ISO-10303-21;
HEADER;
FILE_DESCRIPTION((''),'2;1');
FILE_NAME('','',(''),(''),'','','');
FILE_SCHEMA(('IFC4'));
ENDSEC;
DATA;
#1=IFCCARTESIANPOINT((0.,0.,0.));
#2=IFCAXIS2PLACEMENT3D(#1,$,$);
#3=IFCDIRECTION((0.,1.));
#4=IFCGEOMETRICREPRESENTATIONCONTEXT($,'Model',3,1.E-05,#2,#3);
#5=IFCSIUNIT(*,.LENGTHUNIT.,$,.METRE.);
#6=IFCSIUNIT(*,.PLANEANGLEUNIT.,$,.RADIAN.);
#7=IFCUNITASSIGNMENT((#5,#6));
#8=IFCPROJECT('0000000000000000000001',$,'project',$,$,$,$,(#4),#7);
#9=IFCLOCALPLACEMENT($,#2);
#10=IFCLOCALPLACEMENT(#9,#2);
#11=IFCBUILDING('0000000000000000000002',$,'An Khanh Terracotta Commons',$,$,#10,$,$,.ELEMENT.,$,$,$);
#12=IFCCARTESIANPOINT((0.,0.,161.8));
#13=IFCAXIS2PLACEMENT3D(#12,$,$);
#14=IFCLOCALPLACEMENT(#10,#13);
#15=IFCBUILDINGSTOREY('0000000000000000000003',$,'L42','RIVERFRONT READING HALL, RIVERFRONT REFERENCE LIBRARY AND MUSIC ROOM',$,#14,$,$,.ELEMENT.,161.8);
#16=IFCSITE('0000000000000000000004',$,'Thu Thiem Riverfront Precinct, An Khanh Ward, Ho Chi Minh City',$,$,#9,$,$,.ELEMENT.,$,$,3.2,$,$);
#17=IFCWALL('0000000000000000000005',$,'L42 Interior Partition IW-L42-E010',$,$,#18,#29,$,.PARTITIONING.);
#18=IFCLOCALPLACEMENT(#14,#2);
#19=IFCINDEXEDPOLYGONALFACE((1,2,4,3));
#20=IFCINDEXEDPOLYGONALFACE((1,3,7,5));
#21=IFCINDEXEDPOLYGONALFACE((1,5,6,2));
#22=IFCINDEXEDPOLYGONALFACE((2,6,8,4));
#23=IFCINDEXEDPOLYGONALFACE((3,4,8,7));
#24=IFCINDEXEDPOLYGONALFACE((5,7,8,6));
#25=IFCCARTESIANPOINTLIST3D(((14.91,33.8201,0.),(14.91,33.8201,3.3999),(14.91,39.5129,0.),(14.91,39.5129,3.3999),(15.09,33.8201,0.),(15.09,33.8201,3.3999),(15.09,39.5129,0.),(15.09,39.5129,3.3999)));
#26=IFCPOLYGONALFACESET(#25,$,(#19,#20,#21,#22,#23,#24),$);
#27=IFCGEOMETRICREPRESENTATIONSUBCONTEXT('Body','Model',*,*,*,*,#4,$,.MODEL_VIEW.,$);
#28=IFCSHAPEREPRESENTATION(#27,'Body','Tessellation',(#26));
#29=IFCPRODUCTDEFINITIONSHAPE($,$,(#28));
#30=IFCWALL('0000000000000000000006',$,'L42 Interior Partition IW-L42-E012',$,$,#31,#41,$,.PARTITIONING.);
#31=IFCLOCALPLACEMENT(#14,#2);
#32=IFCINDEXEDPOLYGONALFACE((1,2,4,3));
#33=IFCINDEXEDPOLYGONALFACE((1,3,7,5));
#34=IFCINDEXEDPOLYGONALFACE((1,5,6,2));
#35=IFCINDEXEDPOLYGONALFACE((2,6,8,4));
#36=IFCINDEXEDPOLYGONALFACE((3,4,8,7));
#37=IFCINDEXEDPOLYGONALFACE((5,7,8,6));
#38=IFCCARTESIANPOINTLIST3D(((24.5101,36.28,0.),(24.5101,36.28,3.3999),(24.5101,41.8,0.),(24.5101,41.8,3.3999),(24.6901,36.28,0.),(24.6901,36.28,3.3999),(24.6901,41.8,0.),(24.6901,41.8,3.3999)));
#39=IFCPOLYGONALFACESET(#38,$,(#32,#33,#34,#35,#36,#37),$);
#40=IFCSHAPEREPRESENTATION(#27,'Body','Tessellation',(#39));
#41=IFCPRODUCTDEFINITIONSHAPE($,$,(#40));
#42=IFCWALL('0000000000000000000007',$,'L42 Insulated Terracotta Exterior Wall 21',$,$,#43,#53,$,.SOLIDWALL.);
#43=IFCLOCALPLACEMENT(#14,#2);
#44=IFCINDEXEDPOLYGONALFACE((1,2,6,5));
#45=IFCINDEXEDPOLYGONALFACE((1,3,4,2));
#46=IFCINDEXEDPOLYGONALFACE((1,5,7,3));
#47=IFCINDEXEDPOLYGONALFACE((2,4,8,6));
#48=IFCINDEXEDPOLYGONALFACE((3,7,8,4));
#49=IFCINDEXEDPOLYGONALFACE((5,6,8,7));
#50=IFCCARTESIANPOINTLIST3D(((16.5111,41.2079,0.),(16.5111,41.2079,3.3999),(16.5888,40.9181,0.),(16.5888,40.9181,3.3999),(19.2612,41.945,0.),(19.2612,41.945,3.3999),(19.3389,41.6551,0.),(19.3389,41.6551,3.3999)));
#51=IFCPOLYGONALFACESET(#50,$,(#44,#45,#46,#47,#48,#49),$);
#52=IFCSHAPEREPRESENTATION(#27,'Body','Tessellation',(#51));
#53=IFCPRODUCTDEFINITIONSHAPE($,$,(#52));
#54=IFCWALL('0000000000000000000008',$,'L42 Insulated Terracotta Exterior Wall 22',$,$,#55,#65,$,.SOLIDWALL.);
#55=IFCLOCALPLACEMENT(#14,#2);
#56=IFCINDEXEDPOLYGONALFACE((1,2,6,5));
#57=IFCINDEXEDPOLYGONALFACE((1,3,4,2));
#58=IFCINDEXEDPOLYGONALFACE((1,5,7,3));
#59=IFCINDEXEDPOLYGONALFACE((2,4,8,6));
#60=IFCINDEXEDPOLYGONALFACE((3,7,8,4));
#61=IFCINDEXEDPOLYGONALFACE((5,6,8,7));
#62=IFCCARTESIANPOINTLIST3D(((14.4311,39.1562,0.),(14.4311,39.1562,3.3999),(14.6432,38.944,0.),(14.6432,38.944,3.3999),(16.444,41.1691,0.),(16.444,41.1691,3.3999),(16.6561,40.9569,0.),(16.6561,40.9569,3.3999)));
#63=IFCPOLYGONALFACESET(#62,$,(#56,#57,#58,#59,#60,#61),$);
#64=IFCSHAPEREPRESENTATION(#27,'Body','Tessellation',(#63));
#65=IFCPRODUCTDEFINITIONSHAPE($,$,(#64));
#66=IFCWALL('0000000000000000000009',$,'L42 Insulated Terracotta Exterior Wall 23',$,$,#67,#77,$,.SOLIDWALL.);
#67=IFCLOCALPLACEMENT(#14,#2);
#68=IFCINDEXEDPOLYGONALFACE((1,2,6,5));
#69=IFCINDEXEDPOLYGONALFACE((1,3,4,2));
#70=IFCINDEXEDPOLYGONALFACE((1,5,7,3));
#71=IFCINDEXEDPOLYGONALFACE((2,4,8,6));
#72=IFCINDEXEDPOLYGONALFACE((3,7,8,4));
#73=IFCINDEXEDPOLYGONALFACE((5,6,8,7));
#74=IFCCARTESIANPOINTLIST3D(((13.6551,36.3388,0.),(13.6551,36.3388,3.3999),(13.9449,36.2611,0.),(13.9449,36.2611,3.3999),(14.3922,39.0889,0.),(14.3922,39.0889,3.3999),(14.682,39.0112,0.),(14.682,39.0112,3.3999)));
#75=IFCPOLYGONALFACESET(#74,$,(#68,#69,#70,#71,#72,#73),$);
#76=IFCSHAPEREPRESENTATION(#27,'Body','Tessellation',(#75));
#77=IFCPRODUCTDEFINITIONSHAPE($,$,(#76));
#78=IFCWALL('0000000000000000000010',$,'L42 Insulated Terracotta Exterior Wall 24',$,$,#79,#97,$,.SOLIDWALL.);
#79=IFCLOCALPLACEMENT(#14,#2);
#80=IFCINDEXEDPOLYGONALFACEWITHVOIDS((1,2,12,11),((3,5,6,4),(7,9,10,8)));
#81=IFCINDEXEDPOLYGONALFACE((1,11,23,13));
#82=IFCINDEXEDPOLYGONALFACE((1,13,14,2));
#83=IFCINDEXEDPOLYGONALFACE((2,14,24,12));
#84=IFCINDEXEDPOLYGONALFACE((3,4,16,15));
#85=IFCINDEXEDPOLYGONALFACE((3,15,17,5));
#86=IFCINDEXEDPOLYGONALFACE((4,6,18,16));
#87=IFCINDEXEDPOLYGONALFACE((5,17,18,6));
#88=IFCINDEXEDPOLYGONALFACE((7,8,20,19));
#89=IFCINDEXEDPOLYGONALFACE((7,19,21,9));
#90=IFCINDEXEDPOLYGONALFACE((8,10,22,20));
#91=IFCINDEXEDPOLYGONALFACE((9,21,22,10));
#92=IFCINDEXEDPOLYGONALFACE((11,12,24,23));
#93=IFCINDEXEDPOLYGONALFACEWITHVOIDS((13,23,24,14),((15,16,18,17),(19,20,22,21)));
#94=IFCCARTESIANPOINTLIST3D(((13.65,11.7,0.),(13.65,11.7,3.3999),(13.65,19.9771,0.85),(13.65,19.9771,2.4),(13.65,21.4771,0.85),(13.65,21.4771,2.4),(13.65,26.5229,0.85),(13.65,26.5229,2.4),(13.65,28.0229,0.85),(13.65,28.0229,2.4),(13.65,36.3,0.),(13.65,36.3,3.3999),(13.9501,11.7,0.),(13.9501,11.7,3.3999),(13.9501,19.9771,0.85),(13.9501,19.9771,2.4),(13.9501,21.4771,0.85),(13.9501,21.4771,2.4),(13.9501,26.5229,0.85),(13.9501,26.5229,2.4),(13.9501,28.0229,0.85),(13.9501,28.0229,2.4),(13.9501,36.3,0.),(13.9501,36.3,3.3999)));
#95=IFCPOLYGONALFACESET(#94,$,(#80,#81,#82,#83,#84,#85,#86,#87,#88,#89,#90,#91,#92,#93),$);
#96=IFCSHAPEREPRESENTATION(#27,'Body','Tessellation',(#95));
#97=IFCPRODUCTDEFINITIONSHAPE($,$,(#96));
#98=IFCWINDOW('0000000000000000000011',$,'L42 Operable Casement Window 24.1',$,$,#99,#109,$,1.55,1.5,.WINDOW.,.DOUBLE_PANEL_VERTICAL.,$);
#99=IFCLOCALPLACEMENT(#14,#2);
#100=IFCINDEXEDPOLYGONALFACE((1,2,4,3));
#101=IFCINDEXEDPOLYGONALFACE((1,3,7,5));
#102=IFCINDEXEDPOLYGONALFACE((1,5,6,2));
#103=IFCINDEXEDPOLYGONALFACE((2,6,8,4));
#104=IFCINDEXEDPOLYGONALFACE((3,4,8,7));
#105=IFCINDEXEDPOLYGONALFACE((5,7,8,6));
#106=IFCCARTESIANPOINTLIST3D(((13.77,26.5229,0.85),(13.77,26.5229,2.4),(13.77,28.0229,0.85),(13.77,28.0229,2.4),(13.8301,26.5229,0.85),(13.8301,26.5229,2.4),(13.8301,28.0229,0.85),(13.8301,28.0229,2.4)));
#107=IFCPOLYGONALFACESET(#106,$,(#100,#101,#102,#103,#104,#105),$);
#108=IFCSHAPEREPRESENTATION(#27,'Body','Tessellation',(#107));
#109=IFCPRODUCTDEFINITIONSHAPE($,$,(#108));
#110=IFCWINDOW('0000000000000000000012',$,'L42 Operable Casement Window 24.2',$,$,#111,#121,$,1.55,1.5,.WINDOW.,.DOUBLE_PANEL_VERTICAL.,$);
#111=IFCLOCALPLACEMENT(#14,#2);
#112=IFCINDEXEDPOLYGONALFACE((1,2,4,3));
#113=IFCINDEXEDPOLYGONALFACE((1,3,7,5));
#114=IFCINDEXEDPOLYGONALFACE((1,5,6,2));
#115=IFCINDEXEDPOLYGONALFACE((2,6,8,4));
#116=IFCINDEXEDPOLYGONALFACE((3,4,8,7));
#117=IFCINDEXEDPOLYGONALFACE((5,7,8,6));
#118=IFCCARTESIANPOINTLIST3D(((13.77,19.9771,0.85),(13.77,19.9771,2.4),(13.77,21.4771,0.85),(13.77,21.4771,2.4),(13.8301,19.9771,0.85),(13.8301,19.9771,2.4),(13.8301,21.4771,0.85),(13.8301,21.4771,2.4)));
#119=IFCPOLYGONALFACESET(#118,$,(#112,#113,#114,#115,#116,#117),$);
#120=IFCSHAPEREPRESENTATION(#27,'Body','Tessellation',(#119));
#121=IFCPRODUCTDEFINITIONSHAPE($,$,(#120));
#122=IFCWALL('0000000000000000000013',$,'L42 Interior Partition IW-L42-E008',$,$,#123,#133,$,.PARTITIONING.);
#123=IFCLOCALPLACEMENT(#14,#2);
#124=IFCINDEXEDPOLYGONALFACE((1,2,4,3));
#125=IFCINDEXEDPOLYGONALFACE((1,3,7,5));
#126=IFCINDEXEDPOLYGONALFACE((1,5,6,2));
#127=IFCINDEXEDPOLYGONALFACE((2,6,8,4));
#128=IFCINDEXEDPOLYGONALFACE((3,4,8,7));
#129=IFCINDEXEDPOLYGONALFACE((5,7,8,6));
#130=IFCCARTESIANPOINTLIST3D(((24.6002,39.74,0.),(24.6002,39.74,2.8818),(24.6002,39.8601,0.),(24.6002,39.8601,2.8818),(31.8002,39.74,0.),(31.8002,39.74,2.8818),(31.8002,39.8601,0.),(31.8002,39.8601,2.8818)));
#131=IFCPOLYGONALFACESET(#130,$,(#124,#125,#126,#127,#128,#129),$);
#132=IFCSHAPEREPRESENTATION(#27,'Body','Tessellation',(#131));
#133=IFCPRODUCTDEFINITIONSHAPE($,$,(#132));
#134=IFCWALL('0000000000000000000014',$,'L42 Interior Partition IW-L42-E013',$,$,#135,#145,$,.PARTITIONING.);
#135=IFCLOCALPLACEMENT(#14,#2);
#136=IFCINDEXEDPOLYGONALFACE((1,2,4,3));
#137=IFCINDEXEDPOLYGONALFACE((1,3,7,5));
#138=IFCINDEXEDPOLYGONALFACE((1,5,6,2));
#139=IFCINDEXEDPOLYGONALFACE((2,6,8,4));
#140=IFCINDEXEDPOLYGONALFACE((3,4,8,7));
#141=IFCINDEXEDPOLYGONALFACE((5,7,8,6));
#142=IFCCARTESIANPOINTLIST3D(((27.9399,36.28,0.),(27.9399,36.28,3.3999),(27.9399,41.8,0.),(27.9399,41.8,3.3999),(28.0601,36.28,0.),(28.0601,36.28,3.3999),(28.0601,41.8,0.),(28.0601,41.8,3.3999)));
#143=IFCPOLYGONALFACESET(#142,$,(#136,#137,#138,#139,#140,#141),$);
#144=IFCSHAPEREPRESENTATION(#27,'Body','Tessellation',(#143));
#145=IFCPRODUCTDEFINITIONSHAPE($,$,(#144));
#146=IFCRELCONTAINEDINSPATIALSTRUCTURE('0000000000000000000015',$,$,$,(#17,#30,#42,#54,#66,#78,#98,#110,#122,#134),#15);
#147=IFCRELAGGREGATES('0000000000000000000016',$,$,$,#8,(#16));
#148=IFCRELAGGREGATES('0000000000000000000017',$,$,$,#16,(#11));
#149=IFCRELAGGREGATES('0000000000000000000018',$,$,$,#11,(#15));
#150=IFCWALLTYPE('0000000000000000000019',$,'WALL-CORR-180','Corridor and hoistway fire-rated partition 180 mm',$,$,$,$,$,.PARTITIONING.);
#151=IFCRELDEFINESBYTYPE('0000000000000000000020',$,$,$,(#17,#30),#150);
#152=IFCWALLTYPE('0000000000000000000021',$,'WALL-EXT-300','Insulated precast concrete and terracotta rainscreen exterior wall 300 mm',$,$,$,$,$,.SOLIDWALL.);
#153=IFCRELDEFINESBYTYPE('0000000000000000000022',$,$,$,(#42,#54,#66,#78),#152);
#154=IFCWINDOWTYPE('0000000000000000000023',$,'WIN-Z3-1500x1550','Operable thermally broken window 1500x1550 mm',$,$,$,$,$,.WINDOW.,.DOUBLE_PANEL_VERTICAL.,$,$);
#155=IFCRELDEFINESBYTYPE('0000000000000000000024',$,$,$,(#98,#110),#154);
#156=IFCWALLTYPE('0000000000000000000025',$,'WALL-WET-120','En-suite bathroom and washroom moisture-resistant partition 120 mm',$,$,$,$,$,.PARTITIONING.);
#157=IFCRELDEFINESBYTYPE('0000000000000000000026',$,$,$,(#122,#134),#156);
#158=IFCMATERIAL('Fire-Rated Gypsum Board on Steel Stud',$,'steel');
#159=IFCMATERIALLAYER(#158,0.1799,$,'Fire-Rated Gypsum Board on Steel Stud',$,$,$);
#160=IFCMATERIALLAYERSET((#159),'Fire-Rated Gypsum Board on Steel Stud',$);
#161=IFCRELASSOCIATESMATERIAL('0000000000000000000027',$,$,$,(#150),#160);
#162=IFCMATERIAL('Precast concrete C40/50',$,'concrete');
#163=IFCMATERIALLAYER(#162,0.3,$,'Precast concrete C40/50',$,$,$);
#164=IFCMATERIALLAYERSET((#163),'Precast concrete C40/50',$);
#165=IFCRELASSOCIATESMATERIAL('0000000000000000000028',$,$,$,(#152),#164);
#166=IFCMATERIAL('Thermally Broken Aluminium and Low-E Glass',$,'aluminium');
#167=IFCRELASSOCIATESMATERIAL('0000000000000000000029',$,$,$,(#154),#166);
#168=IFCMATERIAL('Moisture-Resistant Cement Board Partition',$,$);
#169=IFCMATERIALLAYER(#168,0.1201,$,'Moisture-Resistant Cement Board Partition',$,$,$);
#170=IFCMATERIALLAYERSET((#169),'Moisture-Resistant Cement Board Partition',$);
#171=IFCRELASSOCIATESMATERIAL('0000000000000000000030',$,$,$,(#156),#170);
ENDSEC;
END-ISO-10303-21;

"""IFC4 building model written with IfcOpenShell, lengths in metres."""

from ifc_helpers import new_model, si_unit, direction, frame, frame_2d, origin, place, context, subcontext, project, spatial, rectangle, extrude, material, layer, layer_set, type_object, element, fill, save


model = new_model("IFC4")

# Units and contexts
model_context = context("Model", 3, precision=1e-05, world=origin(), true_north=direction((0.0, 1.0)))
body_context = subcontext(model_context, "Body", "Model", "MODEL_VIEW")
ifc_project = project(units=[si_unit("LENGTHUNIT", "METRE"), si_unit("PLANEANGLEUNIT", "RADIAN")], contexts=[model_context])

# Site, building, storey
site_placement = place(None, origin())
site = spatial("IfcSite", under=ifc_project, at=site_placement, Name="Thu Thiem Riverfront Precinct, An Khanh Ward, Ho Chi Minh City", CompositionType="ELEMENT", RefElevation=3.2)
building_placement = place(site_placement, origin())
building = spatial("IfcBuilding", under=site, at=building_placement, Name="An Khanh Terracotta Commons", CompositionType="ELEMENT")
storey_placement = place(building_placement, frame((0.0, 0.0, 161.8)))
storey = spatial("IfcBuildingStorey", under=building, at=storey_placement, Name="L42", Description="RIVERFRONT READING HALL, RIVERFRONT REFERENCE LIBRARY AND MUSIC ROOM", CompositionType="ELEMENT", Elevation=161.8)

# Shared definitions
ifc_material_1 = material(Name="Fire-Rated Gypsum Board on Steel Stud", Category="steel")
ifc_layer_1 = layer(ifc_material_1, 0.1799, Name="Fire-Rated Gypsum Board on Steel Stud")
ifc_layer_set_1 = layer_set([ifc_layer_1], Name="Fire-Rated Gypsum Board on Steel Stud")
wall_type_1 = type_object("IfcWallType", Name="WALL-CORR-180", Description="Corridor and hoistway fire-rated partition 180 mm", PredefinedType="PARTITIONING", material=ifc_layer_set_1)

# Walls
wall_1_placement = place(storey_placement, frame((15.0, 33.8201, 0.0), z_axis=(0.0, 0.0, 1.0), x_axis=(0.0, 1.0, 0.0)))
element("IfcWall", 1, at=wall_1_placement, inside=storey, type_object=wall_type_1, Name="L42 Interior Partition IW-L42-E010", PredefinedType="PARTITIONING", context=body_context, shape_type="SweptSolid", body=[
    extrude(rectangle(XDim=5.6929, YDim=0.1799, at=frame_2d((2.8464, 0.0))), origin(), (0.0, 0.0, 1.0), 3.3999),
])
wall_2_placement = place(storey_placement, frame((24.6001, 36.28, 0.0), z_axis=(0.0, 0.0, 1.0), x_axis=(0.0, 1.0, 0.0)))
element("IfcWall", 2, at=wall_2_placement, inside=storey, type_object=wall_type_1, Name="L42 Interior Partition IW-L42-E012", PredefinedType="PARTITIONING", context=body_context, shape_type="SweptSolid", body=[
    extrude(rectangle(XDim=5.52, YDim=0.1799, at=frame_2d((2.76, 0.0))), origin(), (0.0, 0.0, 1.0), 3.3999),
])
ifc_material_2 = material(Name="Precast concrete C40/50", Category="concrete")
ifc_layer_2 = layer(ifc_material_2, 0.3, Name="Precast concrete C40/50")
ifc_layer_set_2 = layer_set([ifc_layer_2], Name="Precast concrete C40/50")
wall_type_2 = type_object("IfcWallType", Name="WALL-EXT-300", Description="Insulated precast concrete and terracotta rainscreen exterior wall 300 mm", PredefinedType="SOLIDWALL", material=ifc_layer_set_2)
wall_3_placement = place(storey_placement, frame((19.3, 41.8, 0.0), z_axis=(0.0, 0.0, 1.0), x_axis=(-0.965908, -0.258885, 0.0)))
element("IfcWall", 3, at=wall_3_placement, inside=storey, type_object=wall_type_2, Name="L42 Insulated Terracotta Exterior Wall 21", PredefinedType="SOLIDWALL", context=body_context, shape_type="SweptSolid", body=[
    extrude(rectangle(XDim=2.8472, YDim=0.3, at=frame_2d((1.4236, 0.0))), origin(), (0.0, 0.0, 1.0), 3.3999),
])
wall_4_placement = place(storey_placement, frame((16.55, 41.063, 0.0), z_axis=(0.0, 0.0, 1.0), x_axis=(-0.707107, -0.707107, 0.0)))
element("IfcWall", 4, at=wall_4_placement, inside=storey, type_object=wall_type_2, Name="L42 Insulated Terracotta Exterior Wall 22", PredefinedType="SOLIDWALL", context=body_context, shape_type="SweptSolid", body=[
    extrude(rectangle(XDim=2.8467, YDim=0.3, at=frame_2d((1.4233, 0.0))), origin(), (0.0, 0.0, 1.0), 3.3999),
])
wall_5_placement = place(storey_placement, frame((14.5371, 39.05, 0.0), z_axis=(0.0, 0.0, 1.0), x_axis=(-0.258885, -0.965908, 0.0)))
element("IfcWall", 5, at=wall_5_placement, inside=storey, type_object=wall_type_2, Name="L42 Insulated Terracotta Exterior Wall 23", PredefinedType="SOLIDWALL", context=body_context, shape_type="SweptSolid", body=[
    extrude(rectangle(XDim=2.8472, YDim=0.3, at=frame_2d((1.4236, 0.0))), origin(), (0.0, 0.0, 1.0), 3.3999),
])

# Wall, openings, windows
wall_6_placement = place(storey_placement, frame((13.8, 36.3, 0.0), z_axis=(0.0, 0.0, 1.0), x_axis=(0.0, -1.0, 0.0)))
wall_6 = element("IfcWall", 6, at=wall_6_placement, inside=storey, type_object=wall_type_2, Name="L42 Insulated Terracotta Exterior Wall 24", PredefinedType="SOLIDWALL", context=body_context, shape_type="SweptSolid", body=[
    extrude(rectangle(XDim=24.6001, YDim=0.3, at=frame_2d((12.3, 0.0))), origin(), (0.0, 0.0, 1.0), 3.3999),
])
opening_1_placement = place(wall_6_placement, frame((8.2771, 0.0, 0.8501)))
opening_1 = element("IfcOpeningElement", 7, at=opening_1_placement, cuts=wall_6, PredefinedType="OPENING", context=body_context, shape_type="SweptSolid", body=[
    extrude(rectangle(XDim=1.5, YDim=1.55, at=frame_2d((0.75, 0.7749))), frame((0.0, 0.1599, 0.0), z_axis=(0.0, -1.0, 0.0), x_axis=(1.0, 0.0, 0.0)), (0.0, 0.0, 1.0), 0.3201),
])
opening_2_placement = place(wall_6_placement, frame((14.823, 0.0, 0.8501)))
opening_2 = element("IfcOpeningElement", 8, at=opening_2_placement, cuts=wall_6, PredefinedType="OPENING", context=body_context, shape_type="SweptSolid", body=[
    extrude(rectangle(XDim=1.5, YDim=1.55, at=frame_2d((0.75, 0.7749))), frame((0.0, 0.1599, 0.0), z_axis=(0.0, -1.0, 0.0), x_axis=(1.0, 0.0, 0.0)), (0.0, 0.0, 1.0), 0.3201),
])
ifc_material_3 = material(Name="Thermally Broken Aluminium and Low-E Glass", Category="aluminium")
window_type = type_object("IfcWindowType", Name="WIN-Z3-1500x1550", Description="Operable thermally broken window 1500x1550 mm", PartitioningType="DOUBLE_PANEL_VERTICAL", PredefinedType="WINDOW", material=ifc_material_3)
window_1_placement = place(opening_1_placement, origin())
window_1 = element("IfcWindow", 9, at=window_1_placement, inside=storey, type_object=window_type, Name="L42 Operable Casement Window 24.1", OverallHeight=1.55, OverallWidth=1.5, PartitioningType="DOUBLE_PANEL_VERTICAL", PredefinedType="WINDOW", context=body_context, shape_type="SweptSolid", body=[
    extrude(rectangle(XDim=1.5, YDim=1.55, at=frame_2d((0.75, 0.7749))), frame((0.0, 0.03, 0.0), z_axis=(0.0, -1.0, 0.0), x_axis=(1.0, 0.0, 0.0)), (0.0, 0.0, 1.0), 0.0601),
])
fill(opening_1, window_1)
window_2_placement = place(opening_2_placement, origin())
window_2 = element("IfcWindow", 10, at=window_2_placement, inside=storey, type_object=window_type, Name="L42 Operable Casement Window 24.2", OverallHeight=1.55, OverallWidth=1.5, PartitioningType="DOUBLE_PANEL_VERTICAL", PredefinedType="WINDOW", context=body_context, shape_type="SweptSolid", body=[
    extrude(rectangle(XDim=1.5, YDim=1.55, at=frame_2d((0.75, 0.7749))), frame((0.0, 0.03, 0.0), z_axis=(0.0, -1.0, 0.0), x_axis=(1.0, 0.0, 0.0)), (0.0, 0.0, 1.0), 0.0601),
])
fill(opening_2, window_2)

# Walls
ifc_material_4 = material(Name="Moisture-Resistant Cement Board Partition")
ifc_layer_3 = layer(ifc_material_4, 0.1201, Name="Moisture-Resistant Cement Board Partition")
ifc_layer_set_3 = layer_set([ifc_layer_3], Name="Moisture-Resistant Cement Board Partition")
wall_type_3 = type_object("IfcWallType", Name="WALL-WET-120", Description="En-suite bathroom and washroom moisture-resistant partition 120 mm", PredefinedType="PARTITIONING", material=ifc_layer_set_3)
wall_7_placement = place(storey_placement, frame((24.6001, 39.8, 0.0), z_axis=(0.0, 0.0, 1.0), x_axis=(1.0, 0.0, 0.0)))
element("IfcWall", 11, at=wall_7_placement, inside=storey, type_object=wall_type_3, Name="L42 Interior Partition IW-L42-E008", PredefinedType="PARTITIONING", context=body_context, shape_type="SweptSolid", body=[
    extrude(rectangle(XDim=7.2, YDim=0.1201, at=frame_2d((3.6001, 0.0))), origin(), (0.0, 0.0, 1.0), 2.8818),
])
wall_8_placement = place(storey_placement, frame((28.0, 36.28, 0.0), z_axis=(0.0, 0.0, 1.0), x_axis=(0.0, 1.0, 0.0)))
element("IfcWall", 12, at=wall_8_placement, inside=storey, type_object=wall_type_3, Name="L42 Interior Partition IW-L42-E013", PredefinedType="PARTITIONING", context=body_context, shape_type="SweptSolid", body=[
    extrude(rectangle(XDim=5.52, YDim=0.1201, at=frame_2d((2.76, 0.0))), origin(), (0.0, 0.0, 1.0), 3.3999),
])

save(model, "model.ifc")
